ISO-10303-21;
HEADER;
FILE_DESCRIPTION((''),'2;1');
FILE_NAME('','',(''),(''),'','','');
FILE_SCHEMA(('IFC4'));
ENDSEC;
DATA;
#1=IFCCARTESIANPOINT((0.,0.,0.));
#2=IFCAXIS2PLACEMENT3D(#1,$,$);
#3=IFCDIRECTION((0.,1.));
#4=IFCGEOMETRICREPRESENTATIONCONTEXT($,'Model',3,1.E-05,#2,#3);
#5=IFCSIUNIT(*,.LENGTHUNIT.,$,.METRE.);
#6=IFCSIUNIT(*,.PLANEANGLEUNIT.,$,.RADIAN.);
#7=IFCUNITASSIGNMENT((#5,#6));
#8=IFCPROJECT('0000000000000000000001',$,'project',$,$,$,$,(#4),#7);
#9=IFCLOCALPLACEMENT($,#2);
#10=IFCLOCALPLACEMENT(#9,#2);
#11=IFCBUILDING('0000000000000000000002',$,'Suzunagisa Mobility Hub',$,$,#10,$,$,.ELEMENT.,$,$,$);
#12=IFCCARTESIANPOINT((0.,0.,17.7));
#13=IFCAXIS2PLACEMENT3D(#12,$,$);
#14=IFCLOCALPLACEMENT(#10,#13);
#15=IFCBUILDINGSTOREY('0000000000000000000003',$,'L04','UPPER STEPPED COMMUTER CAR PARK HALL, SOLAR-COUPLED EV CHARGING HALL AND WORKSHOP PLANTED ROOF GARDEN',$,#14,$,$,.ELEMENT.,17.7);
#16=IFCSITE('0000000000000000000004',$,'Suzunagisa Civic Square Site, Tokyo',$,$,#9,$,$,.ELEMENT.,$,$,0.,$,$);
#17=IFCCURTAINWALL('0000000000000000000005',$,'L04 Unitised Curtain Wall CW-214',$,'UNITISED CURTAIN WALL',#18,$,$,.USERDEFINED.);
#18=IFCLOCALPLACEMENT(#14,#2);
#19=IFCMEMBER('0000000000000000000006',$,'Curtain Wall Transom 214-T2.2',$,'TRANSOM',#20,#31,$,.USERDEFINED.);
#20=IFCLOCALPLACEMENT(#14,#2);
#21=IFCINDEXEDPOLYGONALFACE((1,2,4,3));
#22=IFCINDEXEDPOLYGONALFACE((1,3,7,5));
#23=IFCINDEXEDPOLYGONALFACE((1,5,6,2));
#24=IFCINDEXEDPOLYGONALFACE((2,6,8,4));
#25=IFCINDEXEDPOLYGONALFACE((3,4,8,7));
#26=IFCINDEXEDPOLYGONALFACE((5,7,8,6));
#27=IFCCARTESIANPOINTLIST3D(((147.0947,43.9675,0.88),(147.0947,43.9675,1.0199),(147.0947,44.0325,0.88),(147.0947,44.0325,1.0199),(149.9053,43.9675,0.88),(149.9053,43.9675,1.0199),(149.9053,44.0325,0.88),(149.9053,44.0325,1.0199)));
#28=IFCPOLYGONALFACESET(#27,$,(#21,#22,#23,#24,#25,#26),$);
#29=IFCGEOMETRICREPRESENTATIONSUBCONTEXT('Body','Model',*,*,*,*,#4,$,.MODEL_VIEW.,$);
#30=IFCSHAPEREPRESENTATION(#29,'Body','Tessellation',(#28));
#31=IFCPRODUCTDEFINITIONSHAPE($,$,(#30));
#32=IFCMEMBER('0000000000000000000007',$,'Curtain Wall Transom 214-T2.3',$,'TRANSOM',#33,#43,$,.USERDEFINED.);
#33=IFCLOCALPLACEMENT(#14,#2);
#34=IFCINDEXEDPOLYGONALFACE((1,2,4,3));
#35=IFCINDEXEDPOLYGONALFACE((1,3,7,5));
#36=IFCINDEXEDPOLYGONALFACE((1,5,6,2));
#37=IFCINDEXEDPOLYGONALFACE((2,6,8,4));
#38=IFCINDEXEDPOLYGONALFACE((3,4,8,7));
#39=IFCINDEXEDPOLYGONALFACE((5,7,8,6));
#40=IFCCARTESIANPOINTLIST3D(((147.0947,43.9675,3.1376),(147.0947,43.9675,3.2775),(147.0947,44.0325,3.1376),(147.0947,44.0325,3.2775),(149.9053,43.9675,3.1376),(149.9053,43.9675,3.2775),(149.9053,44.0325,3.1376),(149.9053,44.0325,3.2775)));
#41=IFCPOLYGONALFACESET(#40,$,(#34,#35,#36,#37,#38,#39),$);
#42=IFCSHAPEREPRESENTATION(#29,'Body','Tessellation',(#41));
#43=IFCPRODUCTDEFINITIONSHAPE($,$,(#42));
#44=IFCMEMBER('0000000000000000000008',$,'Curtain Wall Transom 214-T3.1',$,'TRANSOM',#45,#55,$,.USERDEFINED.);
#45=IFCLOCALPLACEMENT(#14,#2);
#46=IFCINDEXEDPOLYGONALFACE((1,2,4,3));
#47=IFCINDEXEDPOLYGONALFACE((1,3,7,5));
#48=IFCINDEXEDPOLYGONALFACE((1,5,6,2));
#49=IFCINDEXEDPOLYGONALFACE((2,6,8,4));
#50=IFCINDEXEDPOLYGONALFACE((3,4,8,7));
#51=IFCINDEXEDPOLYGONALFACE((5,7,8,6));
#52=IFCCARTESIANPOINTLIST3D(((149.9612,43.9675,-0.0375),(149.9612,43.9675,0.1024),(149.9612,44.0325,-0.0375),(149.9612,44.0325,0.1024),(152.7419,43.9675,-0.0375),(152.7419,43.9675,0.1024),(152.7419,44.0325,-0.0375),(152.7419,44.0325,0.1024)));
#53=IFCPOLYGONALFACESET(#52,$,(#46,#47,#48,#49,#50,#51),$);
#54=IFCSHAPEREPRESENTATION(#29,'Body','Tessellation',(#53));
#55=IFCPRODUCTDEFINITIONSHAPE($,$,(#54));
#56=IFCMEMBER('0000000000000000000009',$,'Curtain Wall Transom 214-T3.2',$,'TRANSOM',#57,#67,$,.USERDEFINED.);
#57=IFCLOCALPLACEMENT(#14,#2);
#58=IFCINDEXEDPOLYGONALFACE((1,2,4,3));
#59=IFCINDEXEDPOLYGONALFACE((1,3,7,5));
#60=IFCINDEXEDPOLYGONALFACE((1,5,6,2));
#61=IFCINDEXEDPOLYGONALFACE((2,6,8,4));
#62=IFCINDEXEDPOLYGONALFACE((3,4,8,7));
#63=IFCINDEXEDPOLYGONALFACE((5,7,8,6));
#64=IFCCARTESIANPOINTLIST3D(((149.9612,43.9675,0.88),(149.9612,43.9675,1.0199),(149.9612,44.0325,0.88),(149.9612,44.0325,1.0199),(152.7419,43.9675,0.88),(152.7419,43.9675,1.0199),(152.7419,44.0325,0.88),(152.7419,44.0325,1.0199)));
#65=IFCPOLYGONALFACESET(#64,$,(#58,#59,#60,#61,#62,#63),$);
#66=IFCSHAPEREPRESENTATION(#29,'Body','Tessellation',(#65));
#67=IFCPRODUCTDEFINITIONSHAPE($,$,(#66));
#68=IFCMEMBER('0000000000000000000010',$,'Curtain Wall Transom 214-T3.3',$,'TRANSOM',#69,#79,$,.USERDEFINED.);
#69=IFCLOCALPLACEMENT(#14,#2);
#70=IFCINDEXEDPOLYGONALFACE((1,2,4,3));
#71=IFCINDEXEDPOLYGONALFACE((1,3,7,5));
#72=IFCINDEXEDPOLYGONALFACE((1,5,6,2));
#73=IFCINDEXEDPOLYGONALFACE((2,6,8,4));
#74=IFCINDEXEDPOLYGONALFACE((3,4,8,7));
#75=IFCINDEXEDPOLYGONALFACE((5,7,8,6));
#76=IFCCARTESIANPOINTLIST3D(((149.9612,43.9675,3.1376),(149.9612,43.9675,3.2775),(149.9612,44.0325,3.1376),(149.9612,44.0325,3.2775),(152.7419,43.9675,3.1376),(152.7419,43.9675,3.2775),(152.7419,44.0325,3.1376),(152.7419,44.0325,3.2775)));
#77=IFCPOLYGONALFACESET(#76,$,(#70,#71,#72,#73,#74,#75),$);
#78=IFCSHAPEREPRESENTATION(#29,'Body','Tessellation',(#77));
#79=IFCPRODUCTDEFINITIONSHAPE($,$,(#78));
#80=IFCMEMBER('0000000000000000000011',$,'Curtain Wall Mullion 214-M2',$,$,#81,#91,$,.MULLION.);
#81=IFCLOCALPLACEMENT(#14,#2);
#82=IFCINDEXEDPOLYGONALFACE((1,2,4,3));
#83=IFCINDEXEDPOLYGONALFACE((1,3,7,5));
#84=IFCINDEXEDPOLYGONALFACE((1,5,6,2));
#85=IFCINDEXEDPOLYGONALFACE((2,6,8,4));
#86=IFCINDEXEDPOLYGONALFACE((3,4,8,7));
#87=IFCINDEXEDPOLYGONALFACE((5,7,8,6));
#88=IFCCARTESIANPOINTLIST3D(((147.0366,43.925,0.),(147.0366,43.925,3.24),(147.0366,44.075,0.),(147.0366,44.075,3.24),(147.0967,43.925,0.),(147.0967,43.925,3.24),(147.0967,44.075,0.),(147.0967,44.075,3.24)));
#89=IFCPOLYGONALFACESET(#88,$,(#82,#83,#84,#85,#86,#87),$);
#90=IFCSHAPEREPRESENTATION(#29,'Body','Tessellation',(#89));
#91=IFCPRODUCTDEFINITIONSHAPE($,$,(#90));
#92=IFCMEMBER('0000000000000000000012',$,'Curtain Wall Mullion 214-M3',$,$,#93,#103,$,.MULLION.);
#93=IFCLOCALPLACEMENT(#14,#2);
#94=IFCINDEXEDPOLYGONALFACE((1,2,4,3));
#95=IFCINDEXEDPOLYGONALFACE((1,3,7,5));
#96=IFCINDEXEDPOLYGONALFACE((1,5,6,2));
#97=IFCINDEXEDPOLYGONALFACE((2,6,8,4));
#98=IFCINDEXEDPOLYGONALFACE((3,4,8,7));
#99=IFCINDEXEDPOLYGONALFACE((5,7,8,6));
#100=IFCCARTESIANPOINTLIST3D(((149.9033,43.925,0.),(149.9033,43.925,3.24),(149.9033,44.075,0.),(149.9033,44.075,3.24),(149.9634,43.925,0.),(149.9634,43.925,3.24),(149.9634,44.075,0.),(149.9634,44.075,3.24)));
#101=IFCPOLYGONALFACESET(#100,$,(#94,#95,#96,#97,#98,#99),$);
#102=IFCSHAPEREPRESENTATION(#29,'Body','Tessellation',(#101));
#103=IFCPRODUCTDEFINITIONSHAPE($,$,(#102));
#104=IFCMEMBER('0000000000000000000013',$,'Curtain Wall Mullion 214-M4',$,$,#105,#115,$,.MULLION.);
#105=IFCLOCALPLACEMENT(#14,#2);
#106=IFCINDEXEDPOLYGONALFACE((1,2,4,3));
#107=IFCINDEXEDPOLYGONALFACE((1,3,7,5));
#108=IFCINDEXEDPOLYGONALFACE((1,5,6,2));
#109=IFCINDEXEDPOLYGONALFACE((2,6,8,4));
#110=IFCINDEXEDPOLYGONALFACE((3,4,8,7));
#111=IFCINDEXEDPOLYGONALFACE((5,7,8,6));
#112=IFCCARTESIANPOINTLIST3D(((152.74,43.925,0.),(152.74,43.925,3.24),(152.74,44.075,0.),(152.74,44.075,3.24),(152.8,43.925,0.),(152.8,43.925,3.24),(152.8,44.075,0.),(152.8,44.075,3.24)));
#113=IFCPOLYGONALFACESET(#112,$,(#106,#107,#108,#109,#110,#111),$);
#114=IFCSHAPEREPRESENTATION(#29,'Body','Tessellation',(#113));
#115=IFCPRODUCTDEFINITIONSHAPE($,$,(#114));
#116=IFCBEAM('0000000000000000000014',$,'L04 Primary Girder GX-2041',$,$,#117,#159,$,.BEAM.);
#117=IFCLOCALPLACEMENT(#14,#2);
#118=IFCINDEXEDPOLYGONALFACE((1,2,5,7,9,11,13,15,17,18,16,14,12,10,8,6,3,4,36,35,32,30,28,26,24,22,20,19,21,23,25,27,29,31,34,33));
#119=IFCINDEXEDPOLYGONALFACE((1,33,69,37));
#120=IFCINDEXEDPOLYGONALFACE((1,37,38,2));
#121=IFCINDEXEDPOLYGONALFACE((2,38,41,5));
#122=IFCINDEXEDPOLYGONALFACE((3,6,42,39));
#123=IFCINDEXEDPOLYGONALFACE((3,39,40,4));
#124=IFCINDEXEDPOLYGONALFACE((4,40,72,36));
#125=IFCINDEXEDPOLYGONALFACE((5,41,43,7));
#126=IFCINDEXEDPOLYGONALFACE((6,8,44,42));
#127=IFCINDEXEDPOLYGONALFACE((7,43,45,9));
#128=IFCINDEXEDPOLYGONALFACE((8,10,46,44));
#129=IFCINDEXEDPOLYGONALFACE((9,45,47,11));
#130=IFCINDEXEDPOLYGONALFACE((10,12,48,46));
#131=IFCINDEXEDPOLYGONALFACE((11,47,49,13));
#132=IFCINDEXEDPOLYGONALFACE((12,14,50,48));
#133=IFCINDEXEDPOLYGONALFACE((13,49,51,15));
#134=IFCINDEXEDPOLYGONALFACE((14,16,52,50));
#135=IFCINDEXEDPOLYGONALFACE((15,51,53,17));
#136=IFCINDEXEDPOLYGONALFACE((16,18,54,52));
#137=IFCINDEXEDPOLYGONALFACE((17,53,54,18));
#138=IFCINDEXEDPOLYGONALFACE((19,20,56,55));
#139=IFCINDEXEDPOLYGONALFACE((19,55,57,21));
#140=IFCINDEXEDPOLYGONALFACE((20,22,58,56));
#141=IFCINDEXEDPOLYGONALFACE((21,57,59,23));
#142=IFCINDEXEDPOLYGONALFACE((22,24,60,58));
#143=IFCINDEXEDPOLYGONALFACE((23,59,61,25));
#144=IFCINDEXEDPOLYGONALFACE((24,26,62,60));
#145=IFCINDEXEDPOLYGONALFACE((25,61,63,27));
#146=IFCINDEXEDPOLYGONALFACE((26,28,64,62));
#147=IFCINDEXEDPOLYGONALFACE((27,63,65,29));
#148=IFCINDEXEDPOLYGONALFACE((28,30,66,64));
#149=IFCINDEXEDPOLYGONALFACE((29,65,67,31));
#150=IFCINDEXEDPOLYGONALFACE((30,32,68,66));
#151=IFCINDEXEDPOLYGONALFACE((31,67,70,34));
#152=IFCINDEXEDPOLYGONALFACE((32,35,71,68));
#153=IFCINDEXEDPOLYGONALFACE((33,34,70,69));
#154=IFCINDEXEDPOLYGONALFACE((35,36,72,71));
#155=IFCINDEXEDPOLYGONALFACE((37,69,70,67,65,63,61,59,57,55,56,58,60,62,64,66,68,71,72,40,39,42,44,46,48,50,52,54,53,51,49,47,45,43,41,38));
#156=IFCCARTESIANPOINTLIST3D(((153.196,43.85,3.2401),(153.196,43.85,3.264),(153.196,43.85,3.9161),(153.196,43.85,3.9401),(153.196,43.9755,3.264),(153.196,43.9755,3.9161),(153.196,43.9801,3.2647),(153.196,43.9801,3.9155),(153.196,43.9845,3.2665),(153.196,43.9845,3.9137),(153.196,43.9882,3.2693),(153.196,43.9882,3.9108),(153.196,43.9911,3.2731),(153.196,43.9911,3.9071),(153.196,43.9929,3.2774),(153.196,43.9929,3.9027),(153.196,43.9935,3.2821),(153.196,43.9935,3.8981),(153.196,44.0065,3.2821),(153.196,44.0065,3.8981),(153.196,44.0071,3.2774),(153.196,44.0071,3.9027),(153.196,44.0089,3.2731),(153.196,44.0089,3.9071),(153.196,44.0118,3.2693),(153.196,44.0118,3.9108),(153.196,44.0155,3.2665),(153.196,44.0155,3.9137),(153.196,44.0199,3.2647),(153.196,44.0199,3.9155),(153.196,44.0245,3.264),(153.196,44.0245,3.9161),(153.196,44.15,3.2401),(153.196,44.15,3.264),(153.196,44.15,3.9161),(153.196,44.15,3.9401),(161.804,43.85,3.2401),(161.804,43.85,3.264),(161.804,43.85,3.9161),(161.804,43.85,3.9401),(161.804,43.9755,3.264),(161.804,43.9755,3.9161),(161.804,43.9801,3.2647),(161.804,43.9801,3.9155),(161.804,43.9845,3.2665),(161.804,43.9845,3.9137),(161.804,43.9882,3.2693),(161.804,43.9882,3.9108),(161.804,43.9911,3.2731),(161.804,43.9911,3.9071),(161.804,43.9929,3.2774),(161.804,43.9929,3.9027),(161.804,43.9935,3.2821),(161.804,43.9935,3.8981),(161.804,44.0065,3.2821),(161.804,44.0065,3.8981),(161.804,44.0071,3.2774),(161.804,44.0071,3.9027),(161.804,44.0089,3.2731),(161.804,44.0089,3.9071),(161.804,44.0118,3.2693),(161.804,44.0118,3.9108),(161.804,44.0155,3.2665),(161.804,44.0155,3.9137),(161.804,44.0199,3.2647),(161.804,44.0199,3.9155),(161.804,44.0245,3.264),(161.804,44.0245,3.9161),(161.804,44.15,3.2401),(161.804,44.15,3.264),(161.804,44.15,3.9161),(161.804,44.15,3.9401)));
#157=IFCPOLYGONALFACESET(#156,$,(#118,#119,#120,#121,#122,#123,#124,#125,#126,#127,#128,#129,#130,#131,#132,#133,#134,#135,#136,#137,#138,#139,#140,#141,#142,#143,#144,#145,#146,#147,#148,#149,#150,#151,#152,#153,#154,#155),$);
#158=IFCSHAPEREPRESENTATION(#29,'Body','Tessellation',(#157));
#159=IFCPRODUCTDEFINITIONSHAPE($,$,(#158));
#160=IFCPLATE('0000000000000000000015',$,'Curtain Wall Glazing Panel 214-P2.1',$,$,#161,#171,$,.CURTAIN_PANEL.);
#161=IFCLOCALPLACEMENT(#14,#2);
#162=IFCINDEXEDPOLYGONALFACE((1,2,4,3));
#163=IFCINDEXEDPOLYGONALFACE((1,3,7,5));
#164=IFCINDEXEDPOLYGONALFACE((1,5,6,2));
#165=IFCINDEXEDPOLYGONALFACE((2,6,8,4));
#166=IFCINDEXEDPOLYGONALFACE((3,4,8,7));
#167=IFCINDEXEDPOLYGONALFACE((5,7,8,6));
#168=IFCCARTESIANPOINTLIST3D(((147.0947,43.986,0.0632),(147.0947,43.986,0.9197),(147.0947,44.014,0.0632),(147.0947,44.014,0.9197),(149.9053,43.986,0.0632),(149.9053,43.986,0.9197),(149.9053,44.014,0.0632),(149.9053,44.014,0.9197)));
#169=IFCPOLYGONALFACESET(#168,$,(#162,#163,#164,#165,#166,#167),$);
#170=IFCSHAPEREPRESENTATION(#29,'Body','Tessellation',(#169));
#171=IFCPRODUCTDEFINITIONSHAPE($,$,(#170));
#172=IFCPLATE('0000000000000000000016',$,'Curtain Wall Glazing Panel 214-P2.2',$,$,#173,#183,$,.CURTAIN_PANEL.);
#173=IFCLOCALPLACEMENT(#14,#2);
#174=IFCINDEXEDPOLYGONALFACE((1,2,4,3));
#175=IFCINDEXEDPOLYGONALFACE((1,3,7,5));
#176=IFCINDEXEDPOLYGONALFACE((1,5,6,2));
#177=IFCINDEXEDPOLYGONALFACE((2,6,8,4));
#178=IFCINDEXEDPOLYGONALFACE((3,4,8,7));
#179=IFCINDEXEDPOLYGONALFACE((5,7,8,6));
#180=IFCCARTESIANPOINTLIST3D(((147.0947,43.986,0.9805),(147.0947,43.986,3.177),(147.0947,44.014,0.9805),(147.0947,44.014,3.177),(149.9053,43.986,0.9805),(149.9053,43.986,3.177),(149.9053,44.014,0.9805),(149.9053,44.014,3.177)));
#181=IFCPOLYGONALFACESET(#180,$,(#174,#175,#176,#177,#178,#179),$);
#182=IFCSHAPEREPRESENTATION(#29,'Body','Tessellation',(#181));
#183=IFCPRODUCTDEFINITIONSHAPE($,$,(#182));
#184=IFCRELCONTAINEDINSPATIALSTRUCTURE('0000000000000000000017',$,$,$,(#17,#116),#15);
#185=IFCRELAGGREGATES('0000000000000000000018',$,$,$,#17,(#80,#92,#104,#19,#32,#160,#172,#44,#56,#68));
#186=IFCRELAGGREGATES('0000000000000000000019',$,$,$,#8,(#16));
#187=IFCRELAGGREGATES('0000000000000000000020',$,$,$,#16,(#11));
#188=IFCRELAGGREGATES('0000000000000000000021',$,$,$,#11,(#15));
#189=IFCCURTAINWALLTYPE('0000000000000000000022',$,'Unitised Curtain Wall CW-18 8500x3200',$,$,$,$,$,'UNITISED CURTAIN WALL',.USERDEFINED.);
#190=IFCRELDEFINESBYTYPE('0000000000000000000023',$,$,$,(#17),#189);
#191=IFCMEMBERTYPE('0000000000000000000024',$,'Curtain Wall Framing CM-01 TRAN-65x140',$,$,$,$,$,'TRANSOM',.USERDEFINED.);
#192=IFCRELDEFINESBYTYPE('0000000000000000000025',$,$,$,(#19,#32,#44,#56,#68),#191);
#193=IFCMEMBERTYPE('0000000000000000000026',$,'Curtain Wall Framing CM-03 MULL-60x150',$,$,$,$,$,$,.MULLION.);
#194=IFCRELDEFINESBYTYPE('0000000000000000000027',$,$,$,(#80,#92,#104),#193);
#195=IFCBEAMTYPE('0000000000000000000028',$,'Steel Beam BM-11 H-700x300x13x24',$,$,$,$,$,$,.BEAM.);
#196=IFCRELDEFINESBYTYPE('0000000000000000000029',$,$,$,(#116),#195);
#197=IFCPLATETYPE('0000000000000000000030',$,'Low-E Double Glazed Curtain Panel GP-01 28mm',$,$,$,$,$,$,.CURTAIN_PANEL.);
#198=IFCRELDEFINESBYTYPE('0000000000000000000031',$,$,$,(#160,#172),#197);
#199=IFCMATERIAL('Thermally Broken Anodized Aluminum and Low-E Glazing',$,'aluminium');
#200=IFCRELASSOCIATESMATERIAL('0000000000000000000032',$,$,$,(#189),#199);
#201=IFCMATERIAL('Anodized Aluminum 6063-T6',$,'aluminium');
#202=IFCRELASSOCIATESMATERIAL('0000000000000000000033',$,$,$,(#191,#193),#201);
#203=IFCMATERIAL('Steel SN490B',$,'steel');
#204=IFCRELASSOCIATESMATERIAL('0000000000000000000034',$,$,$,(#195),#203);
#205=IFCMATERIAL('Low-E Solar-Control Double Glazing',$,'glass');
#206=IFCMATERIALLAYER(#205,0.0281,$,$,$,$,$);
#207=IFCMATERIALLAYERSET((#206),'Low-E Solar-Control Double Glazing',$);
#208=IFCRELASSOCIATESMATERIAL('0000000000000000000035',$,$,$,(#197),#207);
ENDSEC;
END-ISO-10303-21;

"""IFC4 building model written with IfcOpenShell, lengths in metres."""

from ifc_helpers import new_model, si_unit, direction, frame, origin, origin_2d, place, context, subcontext, project, spatial, rectangle, i_section, extrude, material, layer, layer_set, material_profile, profile_set, type_object, element, aggregate, save


model = new_model("IFC4")

# Units and contexts
model_context = context("Model", 3, precision=1e-05, world=origin(), true_north=direction((0.0, 1.0)))
body_context = subcontext(model_context, "Body", "Model", "MODEL_VIEW")
ifc_project = project(units=[si_unit("LENGTHUNIT", "METRE"), si_unit("PLANEANGLEUNIT", "RADIAN")], contexts=[model_context])

# Site, building, storey
site_placement = place(None, origin())
site = spatial("IfcSite", under=ifc_project, at=site_placement, Name="Suzunagisa Civic Square Site, Tokyo", CompositionType="ELEMENT", RefElevation=0.0)
building_placement = place(site_placement, origin())
building = spatial("IfcBuilding", under=site, at=building_placement, Name="Suzunagisa Mobility Hub", CompositionType="ELEMENT")
storey_placement = place(building_placement, frame((0.0, 0.0, 17.7)))
storey = spatial("IfcBuildingStorey", under=building, at=storey_placement, Name="L04", Description="UPPER STEPPED COMMUTER CAR PARK HALL, SOLAR-COUPLED EV CHARGING HALL AND WORKSHOP PLANTED ROOF GARDEN", CompositionType="ELEMENT", Elevation=17.7)

# Shared definitions
ifc_material_1 = material(Name="Steel SN490B", Category="steel")

# Curtain wall, members
ifc_material_2 = material(Name="Thermally Broken Anodized Aluminum and Low-E Glazing", Category="aluminium")
curtain_wall_type = type_object("IfcCurtainWallType", Name="Unitised Curtain Wall CW-18 8500x3200", ElementType="UNITISED CURTAIN WALL", PredefinedType="USERDEFINED", material=ifc_material_2)
curtain_wall_placement = place(storey_placement, origin())
curtain_wall = element("IfcCurtainWall", 1, at=curtain_wall_placement, inside=storey, type_object=curtain_wall_type, Name="L04 Unitised Curtain Wall CW-214", ObjectType="UNITISED CURTAIN WALL", PredefinedType="USERDEFINED")
ifc_material_3 = material(Name="Anodized Aluminum 6063-T6", Category="aluminium")
ifc_material_profile_1 = material_profile(ifc_material_3, rectangle(XDim=0.0649, YDim=0.1399, at=origin_2d()), Name="TRAN-65x140")
ifc_profile_set_1 = profile_set([ifc_material_profile_1], Name="Anodized Aluminum 6063-T6")
member_type_1 = type_object("IfcMemberType", Name="Curtain Wall Framing CM-01 TRAN-65x140", ElementType="TRANSOM", PredefinedType="USERDEFINED", material=ifc_profile_set_1)
member_1_placement = place(storey_placement, frame((147.0947, 44.0, 0.95), z_axis=(1.0, 0.0, 0.0), x_axis=(0.0, 1.0, 0.0)))
member_1 = element("IfcMember", 2, at=member_1_placement, type_object=member_type_1, Name="Curtain Wall Transom 214-T2.2", ObjectType="TRANSOM", PredefinedType="USERDEFINED", context=body_context, shape_type="SweptSolid", body=[
    extrude(rectangle(XDim=0.0649, YDim=0.1399, at=origin_2d()), origin(), (0.0, 0.0, 1.0), 2.8105),
])
member_2_placement = place(storey_placement, frame((147.0947, 44.0, 3.2075), z_axis=(1.0, 0.0, 0.0), x_axis=(0.0, 1.0, 0.0)))
member_2 = element("IfcMember", 3, at=member_2_placement, type_object=member_type_1, Name="Curtain Wall Transom 214-T2.3", ObjectType="TRANSOM", PredefinedType="USERDEFINED", context=body_context, shape_type="SweptSolid", body=[
    extrude(rectangle(XDim=0.0649, YDim=0.1399, at=origin_2d()), origin(), (0.0, 0.0, 1.0), 2.8105),
])
member_3_placement = place(storey_placement, frame((149.9612, 44.0, 0.0325), z_axis=(1.0, 0.0, 0.0), x_axis=(0.0, 1.0, 0.0)))
member_3 = element("IfcMember", 4, at=member_3_placement, type_object=member_type_1, Name="Curtain Wall Transom 214-T3.1", ObjectType="TRANSOM", PredefinedType="USERDEFINED", context=body_context, shape_type="SweptSolid", body=[
    extrude(rectangle(XDim=0.0649, YDim=0.1399, at=origin_2d()), origin(), (0.0, 0.0, 1.0), 2.7808),
])
member_4_placement = place(storey_placement, frame((149.9612, 44.0, 0.95), z_axis=(1.0, 0.0, 0.0), x_axis=(0.0, 1.0, 0.0)))
member_4 = element("IfcMember", 5, at=member_4_placement, type_object=member_type_1, Name="Curtain Wall Transom 214-T3.2", ObjectType="TRANSOM", PredefinedType="USERDEFINED", context=body_context, shape_type="SweptSolid", body=[
    extrude(rectangle(XDim=0.0649, YDim=0.1399, at=origin_2d()), origin(), (0.0, 0.0, 1.0), 2.7808),
])
member_5_placement = place(storey_placement, frame((149.9612, 44.0, 3.2075), z_axis=(1.0, 0.0, 0.0), x_axis=(0.0, 1.0, 0.0)))
member_5 = element("IfcMember", 6, at=member_5_placement, type_object=member_type_1, Name="Curtain Wall Transom 214-T3.3", ObjectType="TRANSOM", PredefinedType="USERDEFINED", context=body_context, shape_type="SweptSolid", body=[
    extrude(rectangle(XDim=0.0649, YDim=0.1399, at=origin_2d()), origin(), (0.0, 0.0, 1.0), 2.7808),
])
ifc_material_profile_2 = material_profile(ifc_material_3, rectangle(XDim=0.0601, YDim=0.1499, at=origin_2d()), Name="MULL-60x150")
ifc_profile_set_2 = profile_set([ifc_material_profile_2], Name="Anodized Aluminum 6063-T6")
member_type_2 = type_object("IfcMemberType", Name="Curtain Wall Framing CM-03 MULL-60x150", PredefinedType="MULLION", material=ifc_profile_set_2)
member_6_placement = place(storey_placement, frame((147.0667, 44.0, 0.0), z_axis=(0.0, 0.0, 1.0), x_axis=(1.0, 0.0, 0.0)))
member_6 = element("IfcMember", 7, at=member_6_placement, type_object=member_type_2, Name="Curtain Wall Mullion 214-M2", PredefinedType="MULLION", context=body_context, shape_type="SweptSolid", body=[
    extrude(rectangle(XDim=0.0601, YDim=0.1499, at=origin_2d()), origin(), (0.0, 0.0, 1.0), 3.24),
])
member_7_placement = place(storey_placement, frame((149.9333, 44.0, 0.0), z_axis=(0.0, 0.0, 1.0), x_axis=(1.0, 0.0, 0.0)))
member_7 = element("IfcMember", 8, at=member_7_placement, type_object=member_type_2, Name="Curtain Wall Mullion 214-M3", PredefinedType="MULLION", context=body_context, shape_type="SweptSolid", body=[
    extrude(rectangle(XDim=0.0601, YDim=0.1499, at=origin_2d()), origin(), (0.0, 0.0, 1.0), 3.24),
])
member_8_placement = place(storey_placement, frame((152.77, 44.0, 0.0), z_axis=(0.0, 0.0, 1.0), x_axis=(1.0, 0.0, 0.0)))
member_8 = element("IfcMember", 9, at=member_8_placement, type_object=member_type_2, Name="Curtain Wall Mullion 214-M4", PredefinedType="MULLION", context=body_context, shape_type="SweptSolid", body=[
    extrude(rectangle(XDim=0.0601, YDim=0.1499, at=origin_2d()), origin(), (0.0, 0.0, 1.0), 3.24),
])

# Beam
ifc_material_profile_3 = material_profile(ifc_material_1, i_section(OverallWidth=0.3, OverallDepth=0.7, WebThickness=0.0129, FlangeThickness=0.0239, FilletRadius=0.0181, at=origin_2d()), Name="H-700x300x13x24")
ifc_profile_set_3 = profile_set([ifc_material_profile_3], Name="Steel SN490B")
beam_type = type_object("IfcBeamType", Name="Steel Beam BM-11 H-700x300x13x24", PredefinedType="BEAM", material=ifc_profile_set_3)
beam_placement = place(storey_placement, frame((153.196, 44.0, 3.5901), z_axis=(1.0, 0.0, 0.0), x_axis=(0.0, 1.0, 0.0)))
element("IfcBeam", 10, at=beam_placement, inside=storey, type_object=beam_type, Name="L04 Primary Girder GX-2041", PredefinedType="BEAM", context=body_context, shape_type="SweptSolid", body=[
    extrude(i_section(OverallWidth=0.3, OverallDepth=0.7, WebThickness=0.0129, FlangeThickness=0.0239, FilletRadius=0.0181, at=origin_2d()), origin(), (0.0, 0.0, 1.0), 8.6079),
])

# Plates
ifc_material_4 = material(Name="Low-E Solar-Control Double Glazing", Category="glass")
ifc_layer_1 = layer(ifc_material_4, 0.0281)
ifc_layer_set_1 = layer_set([ifc_layer_1], Name="Low-E Solar-Control Double Glazing")
plate_type_1 = type_object("IfcPlateType", Name="Low-E Double Glazed Curtain Panel GP-01 28mm", PredefinedType="CURTAIN_PANEL", material=ifc_layer_set_1)
plate_1_placement = place(storey_placement, frame((148.5, 44.0, 0.0632), z_axis=(0.0, 0.0, 1.0), x_axis=(1.0, 0.0, 0.0)))
plate_1 = element("IfcPlate", 11, at=plate_1_placement, type_object=plate_type_1, Name="Curtain Wall Glazing Panel 214-P2.1", PredefinedType="CURTAIN_PANEL", context=body_context, shape_type="SweptSolid", body=[
    extrude(rectangle(XDim=2.8105, YDim=0.0281, at=origin_2d()), origin(), (0.0, 0.0, 1.0), 0.8564),
])
plate_2_placement = place(storey_placement, frame((148.5, 44.0, 0.9805), z_axis=(0.0, 0.0, 1.0), x_axis=(1.0, 0.0, 0.0)))
plate_2 = element("IfcPlate", 12, at=plate_2_placement, type_object=plate_type_1, Name="Curtain Wall Glazing Panel 214-P2.2", PredefinedType="CURTAIN_PANEL", context=body_context, shape_type="SweptSolid", body=[
    extrude(rectangle(XDim=2.8105, YDim=0.0281, at=origin_2d()), origin(), (0.0, 0.0, 1.0), 2.1965),
])
aggregate(curtain_wall, [member_6, member_7, member_8, member_1, member_2, plate_1, plate_2, member_3, member_4, member_5])

save(model, "model.ifc")
